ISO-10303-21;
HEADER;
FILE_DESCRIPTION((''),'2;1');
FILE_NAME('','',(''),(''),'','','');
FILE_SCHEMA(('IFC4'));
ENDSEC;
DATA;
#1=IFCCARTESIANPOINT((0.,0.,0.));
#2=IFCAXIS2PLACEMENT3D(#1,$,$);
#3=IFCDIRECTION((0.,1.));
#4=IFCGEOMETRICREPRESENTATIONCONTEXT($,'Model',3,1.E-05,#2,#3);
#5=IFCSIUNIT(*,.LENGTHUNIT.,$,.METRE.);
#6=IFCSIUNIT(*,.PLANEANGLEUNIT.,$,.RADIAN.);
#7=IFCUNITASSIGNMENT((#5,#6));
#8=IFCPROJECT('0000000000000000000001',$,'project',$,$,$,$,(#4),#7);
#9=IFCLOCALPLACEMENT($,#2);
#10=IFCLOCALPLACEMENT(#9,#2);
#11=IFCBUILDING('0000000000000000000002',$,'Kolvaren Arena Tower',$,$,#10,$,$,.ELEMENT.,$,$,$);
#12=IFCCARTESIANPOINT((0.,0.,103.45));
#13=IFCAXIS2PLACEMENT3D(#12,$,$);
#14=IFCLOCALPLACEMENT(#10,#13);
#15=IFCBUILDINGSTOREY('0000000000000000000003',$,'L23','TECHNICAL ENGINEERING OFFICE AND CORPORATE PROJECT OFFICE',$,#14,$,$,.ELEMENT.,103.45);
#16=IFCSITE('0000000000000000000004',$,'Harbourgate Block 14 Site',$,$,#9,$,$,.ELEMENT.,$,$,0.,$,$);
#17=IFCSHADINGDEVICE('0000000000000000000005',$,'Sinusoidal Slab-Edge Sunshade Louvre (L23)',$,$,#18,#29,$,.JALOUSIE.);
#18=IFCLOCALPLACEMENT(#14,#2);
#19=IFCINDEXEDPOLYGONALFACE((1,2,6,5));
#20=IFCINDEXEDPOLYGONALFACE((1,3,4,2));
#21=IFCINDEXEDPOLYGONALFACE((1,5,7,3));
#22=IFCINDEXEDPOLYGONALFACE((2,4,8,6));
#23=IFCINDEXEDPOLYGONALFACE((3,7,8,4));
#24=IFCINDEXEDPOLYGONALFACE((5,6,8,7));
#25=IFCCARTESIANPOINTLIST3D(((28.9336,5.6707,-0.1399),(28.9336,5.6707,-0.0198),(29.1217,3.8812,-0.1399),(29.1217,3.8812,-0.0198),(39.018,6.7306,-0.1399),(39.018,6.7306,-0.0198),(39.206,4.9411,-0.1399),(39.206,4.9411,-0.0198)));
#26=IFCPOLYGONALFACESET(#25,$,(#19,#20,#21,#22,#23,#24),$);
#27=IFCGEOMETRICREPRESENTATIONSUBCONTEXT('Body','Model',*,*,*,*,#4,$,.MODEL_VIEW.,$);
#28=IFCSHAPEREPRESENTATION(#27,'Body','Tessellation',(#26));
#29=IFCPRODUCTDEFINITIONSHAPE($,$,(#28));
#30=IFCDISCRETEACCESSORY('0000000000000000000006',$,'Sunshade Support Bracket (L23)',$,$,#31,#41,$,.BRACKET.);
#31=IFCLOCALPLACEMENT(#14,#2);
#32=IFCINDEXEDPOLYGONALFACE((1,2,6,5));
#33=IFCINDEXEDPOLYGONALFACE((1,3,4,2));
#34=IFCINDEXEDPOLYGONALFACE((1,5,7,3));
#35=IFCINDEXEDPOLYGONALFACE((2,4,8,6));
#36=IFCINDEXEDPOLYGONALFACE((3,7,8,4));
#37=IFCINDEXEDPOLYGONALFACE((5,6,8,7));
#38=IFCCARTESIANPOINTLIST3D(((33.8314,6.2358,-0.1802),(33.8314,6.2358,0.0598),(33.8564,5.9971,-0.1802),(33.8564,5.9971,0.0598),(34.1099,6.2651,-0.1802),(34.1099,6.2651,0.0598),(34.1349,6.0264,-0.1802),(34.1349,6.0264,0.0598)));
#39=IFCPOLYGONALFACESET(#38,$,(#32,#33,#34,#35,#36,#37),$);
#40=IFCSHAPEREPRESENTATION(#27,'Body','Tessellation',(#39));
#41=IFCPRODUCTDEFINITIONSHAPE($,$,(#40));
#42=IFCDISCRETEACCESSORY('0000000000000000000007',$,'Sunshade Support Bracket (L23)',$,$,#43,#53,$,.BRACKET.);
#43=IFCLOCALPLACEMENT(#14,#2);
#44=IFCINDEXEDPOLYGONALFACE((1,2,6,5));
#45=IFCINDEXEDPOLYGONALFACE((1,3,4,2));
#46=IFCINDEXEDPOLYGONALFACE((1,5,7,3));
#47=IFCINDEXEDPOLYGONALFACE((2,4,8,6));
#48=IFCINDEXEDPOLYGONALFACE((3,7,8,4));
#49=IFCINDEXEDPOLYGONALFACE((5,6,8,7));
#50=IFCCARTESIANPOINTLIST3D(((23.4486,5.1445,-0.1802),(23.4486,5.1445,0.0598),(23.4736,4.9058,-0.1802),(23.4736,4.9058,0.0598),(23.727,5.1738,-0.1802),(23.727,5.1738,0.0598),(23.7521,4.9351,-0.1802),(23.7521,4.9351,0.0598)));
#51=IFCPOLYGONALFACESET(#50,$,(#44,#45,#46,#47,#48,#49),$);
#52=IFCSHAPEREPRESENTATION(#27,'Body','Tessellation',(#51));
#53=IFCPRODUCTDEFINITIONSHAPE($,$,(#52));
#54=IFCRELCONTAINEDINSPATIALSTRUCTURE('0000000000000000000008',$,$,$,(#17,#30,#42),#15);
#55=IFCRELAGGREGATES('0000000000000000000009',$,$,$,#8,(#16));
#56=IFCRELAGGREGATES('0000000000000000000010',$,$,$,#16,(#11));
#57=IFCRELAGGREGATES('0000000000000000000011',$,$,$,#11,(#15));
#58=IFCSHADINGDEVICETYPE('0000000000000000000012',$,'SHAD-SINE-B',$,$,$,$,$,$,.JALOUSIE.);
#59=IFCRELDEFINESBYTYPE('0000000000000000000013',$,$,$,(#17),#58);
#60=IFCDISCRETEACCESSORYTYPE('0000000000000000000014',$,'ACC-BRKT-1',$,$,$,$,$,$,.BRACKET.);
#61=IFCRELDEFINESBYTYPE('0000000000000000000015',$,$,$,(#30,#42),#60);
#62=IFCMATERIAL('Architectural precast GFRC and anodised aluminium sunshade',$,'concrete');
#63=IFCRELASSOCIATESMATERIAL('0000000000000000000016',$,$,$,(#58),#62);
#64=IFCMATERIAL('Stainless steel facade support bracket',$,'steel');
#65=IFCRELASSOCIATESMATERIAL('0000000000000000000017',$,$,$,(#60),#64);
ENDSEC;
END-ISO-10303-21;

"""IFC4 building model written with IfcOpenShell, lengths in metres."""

from ifc_helpers import new_model, si_unit, direction, frame, origin, origin_2d, place, context, subcontext, project, spatial, rectangle, extrude, material, type_object, element, save


model = new_model("IFC4")

# Units and contexts
model_context = context("Model", 3, precision=1e-05, world=origin(), true_north=direction((0.0, 1.0)))
body_context = subcontext(model_context, "Body", "Model", "MODEL_VIEW")
ifc_project = project(units=[si_unit("LENGTHUNIT", "METRE"), si_unit("PLANEANGLEUNIT", "RADIAN")], contexts=[model_context])

# Site, building, storey
site_placement = place(None, origin())
site = spatial("IfcSite", under=ifc_project, at=site_placement, Name="Harbourgate Block 14 Site", CompositionType="ELEMENT", RefElevation=0.0)
building_placement = place(site_placement, origin())
building = spatial("IfcBuilding", under=site, at=building_placement, Name="Kolvaren Arena Tower", CompositionType="ELEMENT")
storey_placement = place(building_placement, frame((0.0, 0.0, 103.45)))
storey = spatial("IfcBuildingStorey", under=building, at=storey_placement, Name="L23", Description="TECHNICAL ENGINEERING OFFICE AND CORPORATE PROJECT OFFICE", CompositionType="ELEMENT", Elevation=103.45)

# Shading device
ifc_material_1 = material(Name="Architectural precast GFRC and anodised aluminium sunshade", Category="concrete")
shading_device_type_1 = type_object("IfcShadingDeviceType", Name="SHAD-SINE-B", PredefinedType="JALOUSIE", material=ifc_material_1)
shading_device_1_placement = place(storey_placement, frame((34.0698, 5.3059, -0.1399), z_axis=(0.0, 0.0, 1.0), x_axis=(-0.994522, -0.104527, 0.0)))
element("IfcShadingDevice", 1, at=shading_device_1_placement, inside=storey, type_object=shading_device_type_1, Name="Sinusoidal Slab-Edge Sunshade Louvre (L23)", PredefinedType="JALOUSIE", context=body_context, shape_type="SweptSolid", body=[
    extrude(rectangle(XDim=10.1399, YDim=1.7993, at=origin_2d()), origin(), (0.0, 0.0, 1.0), 0.1201),
])

# Discrete accessories
ifc_material_2 = material(Name="Stainless steel facade support bracket", Category="steel")
discrete_accessory_type = type_object("IfcDiscreteAccessoryType", Name="ACC-BRKT-1", PredefinedType="BRACKET", material=ifc_material_2)
for number, where, z_axis, x_axis, name in (
    (2, (33.9832, 6.1311, -0.1802), (0.0, 0.0, 1.0), (-0.994522, -0.104527, 0.0), "Sunshade Support Bracket (L23)"),
    (3, (23.6003, 5.0398, -0.1802), (0.0, 0.0, 1.0), (-0.994522, -0.104527, 0.0), "Sunshade Support Bracket (L23)"),
):
    element("IfcDiscreteAccessory", number, at=place(storey_placement, frame(where, z_axis=z_axis, x_axis=x_axis)), inside=storey, type_object=discrete_accessory_type, Name=name, PredefinedType="BRACKET", context=body_context, shape_type="SweptSolid", body=[
        extrude(rectangle(XDim=0.28, YDim=0.24, at=origin_2d()), origin(), (0.0, 0.0, 1.0), 0.24),
    ])

save(model, "model.ifc")
